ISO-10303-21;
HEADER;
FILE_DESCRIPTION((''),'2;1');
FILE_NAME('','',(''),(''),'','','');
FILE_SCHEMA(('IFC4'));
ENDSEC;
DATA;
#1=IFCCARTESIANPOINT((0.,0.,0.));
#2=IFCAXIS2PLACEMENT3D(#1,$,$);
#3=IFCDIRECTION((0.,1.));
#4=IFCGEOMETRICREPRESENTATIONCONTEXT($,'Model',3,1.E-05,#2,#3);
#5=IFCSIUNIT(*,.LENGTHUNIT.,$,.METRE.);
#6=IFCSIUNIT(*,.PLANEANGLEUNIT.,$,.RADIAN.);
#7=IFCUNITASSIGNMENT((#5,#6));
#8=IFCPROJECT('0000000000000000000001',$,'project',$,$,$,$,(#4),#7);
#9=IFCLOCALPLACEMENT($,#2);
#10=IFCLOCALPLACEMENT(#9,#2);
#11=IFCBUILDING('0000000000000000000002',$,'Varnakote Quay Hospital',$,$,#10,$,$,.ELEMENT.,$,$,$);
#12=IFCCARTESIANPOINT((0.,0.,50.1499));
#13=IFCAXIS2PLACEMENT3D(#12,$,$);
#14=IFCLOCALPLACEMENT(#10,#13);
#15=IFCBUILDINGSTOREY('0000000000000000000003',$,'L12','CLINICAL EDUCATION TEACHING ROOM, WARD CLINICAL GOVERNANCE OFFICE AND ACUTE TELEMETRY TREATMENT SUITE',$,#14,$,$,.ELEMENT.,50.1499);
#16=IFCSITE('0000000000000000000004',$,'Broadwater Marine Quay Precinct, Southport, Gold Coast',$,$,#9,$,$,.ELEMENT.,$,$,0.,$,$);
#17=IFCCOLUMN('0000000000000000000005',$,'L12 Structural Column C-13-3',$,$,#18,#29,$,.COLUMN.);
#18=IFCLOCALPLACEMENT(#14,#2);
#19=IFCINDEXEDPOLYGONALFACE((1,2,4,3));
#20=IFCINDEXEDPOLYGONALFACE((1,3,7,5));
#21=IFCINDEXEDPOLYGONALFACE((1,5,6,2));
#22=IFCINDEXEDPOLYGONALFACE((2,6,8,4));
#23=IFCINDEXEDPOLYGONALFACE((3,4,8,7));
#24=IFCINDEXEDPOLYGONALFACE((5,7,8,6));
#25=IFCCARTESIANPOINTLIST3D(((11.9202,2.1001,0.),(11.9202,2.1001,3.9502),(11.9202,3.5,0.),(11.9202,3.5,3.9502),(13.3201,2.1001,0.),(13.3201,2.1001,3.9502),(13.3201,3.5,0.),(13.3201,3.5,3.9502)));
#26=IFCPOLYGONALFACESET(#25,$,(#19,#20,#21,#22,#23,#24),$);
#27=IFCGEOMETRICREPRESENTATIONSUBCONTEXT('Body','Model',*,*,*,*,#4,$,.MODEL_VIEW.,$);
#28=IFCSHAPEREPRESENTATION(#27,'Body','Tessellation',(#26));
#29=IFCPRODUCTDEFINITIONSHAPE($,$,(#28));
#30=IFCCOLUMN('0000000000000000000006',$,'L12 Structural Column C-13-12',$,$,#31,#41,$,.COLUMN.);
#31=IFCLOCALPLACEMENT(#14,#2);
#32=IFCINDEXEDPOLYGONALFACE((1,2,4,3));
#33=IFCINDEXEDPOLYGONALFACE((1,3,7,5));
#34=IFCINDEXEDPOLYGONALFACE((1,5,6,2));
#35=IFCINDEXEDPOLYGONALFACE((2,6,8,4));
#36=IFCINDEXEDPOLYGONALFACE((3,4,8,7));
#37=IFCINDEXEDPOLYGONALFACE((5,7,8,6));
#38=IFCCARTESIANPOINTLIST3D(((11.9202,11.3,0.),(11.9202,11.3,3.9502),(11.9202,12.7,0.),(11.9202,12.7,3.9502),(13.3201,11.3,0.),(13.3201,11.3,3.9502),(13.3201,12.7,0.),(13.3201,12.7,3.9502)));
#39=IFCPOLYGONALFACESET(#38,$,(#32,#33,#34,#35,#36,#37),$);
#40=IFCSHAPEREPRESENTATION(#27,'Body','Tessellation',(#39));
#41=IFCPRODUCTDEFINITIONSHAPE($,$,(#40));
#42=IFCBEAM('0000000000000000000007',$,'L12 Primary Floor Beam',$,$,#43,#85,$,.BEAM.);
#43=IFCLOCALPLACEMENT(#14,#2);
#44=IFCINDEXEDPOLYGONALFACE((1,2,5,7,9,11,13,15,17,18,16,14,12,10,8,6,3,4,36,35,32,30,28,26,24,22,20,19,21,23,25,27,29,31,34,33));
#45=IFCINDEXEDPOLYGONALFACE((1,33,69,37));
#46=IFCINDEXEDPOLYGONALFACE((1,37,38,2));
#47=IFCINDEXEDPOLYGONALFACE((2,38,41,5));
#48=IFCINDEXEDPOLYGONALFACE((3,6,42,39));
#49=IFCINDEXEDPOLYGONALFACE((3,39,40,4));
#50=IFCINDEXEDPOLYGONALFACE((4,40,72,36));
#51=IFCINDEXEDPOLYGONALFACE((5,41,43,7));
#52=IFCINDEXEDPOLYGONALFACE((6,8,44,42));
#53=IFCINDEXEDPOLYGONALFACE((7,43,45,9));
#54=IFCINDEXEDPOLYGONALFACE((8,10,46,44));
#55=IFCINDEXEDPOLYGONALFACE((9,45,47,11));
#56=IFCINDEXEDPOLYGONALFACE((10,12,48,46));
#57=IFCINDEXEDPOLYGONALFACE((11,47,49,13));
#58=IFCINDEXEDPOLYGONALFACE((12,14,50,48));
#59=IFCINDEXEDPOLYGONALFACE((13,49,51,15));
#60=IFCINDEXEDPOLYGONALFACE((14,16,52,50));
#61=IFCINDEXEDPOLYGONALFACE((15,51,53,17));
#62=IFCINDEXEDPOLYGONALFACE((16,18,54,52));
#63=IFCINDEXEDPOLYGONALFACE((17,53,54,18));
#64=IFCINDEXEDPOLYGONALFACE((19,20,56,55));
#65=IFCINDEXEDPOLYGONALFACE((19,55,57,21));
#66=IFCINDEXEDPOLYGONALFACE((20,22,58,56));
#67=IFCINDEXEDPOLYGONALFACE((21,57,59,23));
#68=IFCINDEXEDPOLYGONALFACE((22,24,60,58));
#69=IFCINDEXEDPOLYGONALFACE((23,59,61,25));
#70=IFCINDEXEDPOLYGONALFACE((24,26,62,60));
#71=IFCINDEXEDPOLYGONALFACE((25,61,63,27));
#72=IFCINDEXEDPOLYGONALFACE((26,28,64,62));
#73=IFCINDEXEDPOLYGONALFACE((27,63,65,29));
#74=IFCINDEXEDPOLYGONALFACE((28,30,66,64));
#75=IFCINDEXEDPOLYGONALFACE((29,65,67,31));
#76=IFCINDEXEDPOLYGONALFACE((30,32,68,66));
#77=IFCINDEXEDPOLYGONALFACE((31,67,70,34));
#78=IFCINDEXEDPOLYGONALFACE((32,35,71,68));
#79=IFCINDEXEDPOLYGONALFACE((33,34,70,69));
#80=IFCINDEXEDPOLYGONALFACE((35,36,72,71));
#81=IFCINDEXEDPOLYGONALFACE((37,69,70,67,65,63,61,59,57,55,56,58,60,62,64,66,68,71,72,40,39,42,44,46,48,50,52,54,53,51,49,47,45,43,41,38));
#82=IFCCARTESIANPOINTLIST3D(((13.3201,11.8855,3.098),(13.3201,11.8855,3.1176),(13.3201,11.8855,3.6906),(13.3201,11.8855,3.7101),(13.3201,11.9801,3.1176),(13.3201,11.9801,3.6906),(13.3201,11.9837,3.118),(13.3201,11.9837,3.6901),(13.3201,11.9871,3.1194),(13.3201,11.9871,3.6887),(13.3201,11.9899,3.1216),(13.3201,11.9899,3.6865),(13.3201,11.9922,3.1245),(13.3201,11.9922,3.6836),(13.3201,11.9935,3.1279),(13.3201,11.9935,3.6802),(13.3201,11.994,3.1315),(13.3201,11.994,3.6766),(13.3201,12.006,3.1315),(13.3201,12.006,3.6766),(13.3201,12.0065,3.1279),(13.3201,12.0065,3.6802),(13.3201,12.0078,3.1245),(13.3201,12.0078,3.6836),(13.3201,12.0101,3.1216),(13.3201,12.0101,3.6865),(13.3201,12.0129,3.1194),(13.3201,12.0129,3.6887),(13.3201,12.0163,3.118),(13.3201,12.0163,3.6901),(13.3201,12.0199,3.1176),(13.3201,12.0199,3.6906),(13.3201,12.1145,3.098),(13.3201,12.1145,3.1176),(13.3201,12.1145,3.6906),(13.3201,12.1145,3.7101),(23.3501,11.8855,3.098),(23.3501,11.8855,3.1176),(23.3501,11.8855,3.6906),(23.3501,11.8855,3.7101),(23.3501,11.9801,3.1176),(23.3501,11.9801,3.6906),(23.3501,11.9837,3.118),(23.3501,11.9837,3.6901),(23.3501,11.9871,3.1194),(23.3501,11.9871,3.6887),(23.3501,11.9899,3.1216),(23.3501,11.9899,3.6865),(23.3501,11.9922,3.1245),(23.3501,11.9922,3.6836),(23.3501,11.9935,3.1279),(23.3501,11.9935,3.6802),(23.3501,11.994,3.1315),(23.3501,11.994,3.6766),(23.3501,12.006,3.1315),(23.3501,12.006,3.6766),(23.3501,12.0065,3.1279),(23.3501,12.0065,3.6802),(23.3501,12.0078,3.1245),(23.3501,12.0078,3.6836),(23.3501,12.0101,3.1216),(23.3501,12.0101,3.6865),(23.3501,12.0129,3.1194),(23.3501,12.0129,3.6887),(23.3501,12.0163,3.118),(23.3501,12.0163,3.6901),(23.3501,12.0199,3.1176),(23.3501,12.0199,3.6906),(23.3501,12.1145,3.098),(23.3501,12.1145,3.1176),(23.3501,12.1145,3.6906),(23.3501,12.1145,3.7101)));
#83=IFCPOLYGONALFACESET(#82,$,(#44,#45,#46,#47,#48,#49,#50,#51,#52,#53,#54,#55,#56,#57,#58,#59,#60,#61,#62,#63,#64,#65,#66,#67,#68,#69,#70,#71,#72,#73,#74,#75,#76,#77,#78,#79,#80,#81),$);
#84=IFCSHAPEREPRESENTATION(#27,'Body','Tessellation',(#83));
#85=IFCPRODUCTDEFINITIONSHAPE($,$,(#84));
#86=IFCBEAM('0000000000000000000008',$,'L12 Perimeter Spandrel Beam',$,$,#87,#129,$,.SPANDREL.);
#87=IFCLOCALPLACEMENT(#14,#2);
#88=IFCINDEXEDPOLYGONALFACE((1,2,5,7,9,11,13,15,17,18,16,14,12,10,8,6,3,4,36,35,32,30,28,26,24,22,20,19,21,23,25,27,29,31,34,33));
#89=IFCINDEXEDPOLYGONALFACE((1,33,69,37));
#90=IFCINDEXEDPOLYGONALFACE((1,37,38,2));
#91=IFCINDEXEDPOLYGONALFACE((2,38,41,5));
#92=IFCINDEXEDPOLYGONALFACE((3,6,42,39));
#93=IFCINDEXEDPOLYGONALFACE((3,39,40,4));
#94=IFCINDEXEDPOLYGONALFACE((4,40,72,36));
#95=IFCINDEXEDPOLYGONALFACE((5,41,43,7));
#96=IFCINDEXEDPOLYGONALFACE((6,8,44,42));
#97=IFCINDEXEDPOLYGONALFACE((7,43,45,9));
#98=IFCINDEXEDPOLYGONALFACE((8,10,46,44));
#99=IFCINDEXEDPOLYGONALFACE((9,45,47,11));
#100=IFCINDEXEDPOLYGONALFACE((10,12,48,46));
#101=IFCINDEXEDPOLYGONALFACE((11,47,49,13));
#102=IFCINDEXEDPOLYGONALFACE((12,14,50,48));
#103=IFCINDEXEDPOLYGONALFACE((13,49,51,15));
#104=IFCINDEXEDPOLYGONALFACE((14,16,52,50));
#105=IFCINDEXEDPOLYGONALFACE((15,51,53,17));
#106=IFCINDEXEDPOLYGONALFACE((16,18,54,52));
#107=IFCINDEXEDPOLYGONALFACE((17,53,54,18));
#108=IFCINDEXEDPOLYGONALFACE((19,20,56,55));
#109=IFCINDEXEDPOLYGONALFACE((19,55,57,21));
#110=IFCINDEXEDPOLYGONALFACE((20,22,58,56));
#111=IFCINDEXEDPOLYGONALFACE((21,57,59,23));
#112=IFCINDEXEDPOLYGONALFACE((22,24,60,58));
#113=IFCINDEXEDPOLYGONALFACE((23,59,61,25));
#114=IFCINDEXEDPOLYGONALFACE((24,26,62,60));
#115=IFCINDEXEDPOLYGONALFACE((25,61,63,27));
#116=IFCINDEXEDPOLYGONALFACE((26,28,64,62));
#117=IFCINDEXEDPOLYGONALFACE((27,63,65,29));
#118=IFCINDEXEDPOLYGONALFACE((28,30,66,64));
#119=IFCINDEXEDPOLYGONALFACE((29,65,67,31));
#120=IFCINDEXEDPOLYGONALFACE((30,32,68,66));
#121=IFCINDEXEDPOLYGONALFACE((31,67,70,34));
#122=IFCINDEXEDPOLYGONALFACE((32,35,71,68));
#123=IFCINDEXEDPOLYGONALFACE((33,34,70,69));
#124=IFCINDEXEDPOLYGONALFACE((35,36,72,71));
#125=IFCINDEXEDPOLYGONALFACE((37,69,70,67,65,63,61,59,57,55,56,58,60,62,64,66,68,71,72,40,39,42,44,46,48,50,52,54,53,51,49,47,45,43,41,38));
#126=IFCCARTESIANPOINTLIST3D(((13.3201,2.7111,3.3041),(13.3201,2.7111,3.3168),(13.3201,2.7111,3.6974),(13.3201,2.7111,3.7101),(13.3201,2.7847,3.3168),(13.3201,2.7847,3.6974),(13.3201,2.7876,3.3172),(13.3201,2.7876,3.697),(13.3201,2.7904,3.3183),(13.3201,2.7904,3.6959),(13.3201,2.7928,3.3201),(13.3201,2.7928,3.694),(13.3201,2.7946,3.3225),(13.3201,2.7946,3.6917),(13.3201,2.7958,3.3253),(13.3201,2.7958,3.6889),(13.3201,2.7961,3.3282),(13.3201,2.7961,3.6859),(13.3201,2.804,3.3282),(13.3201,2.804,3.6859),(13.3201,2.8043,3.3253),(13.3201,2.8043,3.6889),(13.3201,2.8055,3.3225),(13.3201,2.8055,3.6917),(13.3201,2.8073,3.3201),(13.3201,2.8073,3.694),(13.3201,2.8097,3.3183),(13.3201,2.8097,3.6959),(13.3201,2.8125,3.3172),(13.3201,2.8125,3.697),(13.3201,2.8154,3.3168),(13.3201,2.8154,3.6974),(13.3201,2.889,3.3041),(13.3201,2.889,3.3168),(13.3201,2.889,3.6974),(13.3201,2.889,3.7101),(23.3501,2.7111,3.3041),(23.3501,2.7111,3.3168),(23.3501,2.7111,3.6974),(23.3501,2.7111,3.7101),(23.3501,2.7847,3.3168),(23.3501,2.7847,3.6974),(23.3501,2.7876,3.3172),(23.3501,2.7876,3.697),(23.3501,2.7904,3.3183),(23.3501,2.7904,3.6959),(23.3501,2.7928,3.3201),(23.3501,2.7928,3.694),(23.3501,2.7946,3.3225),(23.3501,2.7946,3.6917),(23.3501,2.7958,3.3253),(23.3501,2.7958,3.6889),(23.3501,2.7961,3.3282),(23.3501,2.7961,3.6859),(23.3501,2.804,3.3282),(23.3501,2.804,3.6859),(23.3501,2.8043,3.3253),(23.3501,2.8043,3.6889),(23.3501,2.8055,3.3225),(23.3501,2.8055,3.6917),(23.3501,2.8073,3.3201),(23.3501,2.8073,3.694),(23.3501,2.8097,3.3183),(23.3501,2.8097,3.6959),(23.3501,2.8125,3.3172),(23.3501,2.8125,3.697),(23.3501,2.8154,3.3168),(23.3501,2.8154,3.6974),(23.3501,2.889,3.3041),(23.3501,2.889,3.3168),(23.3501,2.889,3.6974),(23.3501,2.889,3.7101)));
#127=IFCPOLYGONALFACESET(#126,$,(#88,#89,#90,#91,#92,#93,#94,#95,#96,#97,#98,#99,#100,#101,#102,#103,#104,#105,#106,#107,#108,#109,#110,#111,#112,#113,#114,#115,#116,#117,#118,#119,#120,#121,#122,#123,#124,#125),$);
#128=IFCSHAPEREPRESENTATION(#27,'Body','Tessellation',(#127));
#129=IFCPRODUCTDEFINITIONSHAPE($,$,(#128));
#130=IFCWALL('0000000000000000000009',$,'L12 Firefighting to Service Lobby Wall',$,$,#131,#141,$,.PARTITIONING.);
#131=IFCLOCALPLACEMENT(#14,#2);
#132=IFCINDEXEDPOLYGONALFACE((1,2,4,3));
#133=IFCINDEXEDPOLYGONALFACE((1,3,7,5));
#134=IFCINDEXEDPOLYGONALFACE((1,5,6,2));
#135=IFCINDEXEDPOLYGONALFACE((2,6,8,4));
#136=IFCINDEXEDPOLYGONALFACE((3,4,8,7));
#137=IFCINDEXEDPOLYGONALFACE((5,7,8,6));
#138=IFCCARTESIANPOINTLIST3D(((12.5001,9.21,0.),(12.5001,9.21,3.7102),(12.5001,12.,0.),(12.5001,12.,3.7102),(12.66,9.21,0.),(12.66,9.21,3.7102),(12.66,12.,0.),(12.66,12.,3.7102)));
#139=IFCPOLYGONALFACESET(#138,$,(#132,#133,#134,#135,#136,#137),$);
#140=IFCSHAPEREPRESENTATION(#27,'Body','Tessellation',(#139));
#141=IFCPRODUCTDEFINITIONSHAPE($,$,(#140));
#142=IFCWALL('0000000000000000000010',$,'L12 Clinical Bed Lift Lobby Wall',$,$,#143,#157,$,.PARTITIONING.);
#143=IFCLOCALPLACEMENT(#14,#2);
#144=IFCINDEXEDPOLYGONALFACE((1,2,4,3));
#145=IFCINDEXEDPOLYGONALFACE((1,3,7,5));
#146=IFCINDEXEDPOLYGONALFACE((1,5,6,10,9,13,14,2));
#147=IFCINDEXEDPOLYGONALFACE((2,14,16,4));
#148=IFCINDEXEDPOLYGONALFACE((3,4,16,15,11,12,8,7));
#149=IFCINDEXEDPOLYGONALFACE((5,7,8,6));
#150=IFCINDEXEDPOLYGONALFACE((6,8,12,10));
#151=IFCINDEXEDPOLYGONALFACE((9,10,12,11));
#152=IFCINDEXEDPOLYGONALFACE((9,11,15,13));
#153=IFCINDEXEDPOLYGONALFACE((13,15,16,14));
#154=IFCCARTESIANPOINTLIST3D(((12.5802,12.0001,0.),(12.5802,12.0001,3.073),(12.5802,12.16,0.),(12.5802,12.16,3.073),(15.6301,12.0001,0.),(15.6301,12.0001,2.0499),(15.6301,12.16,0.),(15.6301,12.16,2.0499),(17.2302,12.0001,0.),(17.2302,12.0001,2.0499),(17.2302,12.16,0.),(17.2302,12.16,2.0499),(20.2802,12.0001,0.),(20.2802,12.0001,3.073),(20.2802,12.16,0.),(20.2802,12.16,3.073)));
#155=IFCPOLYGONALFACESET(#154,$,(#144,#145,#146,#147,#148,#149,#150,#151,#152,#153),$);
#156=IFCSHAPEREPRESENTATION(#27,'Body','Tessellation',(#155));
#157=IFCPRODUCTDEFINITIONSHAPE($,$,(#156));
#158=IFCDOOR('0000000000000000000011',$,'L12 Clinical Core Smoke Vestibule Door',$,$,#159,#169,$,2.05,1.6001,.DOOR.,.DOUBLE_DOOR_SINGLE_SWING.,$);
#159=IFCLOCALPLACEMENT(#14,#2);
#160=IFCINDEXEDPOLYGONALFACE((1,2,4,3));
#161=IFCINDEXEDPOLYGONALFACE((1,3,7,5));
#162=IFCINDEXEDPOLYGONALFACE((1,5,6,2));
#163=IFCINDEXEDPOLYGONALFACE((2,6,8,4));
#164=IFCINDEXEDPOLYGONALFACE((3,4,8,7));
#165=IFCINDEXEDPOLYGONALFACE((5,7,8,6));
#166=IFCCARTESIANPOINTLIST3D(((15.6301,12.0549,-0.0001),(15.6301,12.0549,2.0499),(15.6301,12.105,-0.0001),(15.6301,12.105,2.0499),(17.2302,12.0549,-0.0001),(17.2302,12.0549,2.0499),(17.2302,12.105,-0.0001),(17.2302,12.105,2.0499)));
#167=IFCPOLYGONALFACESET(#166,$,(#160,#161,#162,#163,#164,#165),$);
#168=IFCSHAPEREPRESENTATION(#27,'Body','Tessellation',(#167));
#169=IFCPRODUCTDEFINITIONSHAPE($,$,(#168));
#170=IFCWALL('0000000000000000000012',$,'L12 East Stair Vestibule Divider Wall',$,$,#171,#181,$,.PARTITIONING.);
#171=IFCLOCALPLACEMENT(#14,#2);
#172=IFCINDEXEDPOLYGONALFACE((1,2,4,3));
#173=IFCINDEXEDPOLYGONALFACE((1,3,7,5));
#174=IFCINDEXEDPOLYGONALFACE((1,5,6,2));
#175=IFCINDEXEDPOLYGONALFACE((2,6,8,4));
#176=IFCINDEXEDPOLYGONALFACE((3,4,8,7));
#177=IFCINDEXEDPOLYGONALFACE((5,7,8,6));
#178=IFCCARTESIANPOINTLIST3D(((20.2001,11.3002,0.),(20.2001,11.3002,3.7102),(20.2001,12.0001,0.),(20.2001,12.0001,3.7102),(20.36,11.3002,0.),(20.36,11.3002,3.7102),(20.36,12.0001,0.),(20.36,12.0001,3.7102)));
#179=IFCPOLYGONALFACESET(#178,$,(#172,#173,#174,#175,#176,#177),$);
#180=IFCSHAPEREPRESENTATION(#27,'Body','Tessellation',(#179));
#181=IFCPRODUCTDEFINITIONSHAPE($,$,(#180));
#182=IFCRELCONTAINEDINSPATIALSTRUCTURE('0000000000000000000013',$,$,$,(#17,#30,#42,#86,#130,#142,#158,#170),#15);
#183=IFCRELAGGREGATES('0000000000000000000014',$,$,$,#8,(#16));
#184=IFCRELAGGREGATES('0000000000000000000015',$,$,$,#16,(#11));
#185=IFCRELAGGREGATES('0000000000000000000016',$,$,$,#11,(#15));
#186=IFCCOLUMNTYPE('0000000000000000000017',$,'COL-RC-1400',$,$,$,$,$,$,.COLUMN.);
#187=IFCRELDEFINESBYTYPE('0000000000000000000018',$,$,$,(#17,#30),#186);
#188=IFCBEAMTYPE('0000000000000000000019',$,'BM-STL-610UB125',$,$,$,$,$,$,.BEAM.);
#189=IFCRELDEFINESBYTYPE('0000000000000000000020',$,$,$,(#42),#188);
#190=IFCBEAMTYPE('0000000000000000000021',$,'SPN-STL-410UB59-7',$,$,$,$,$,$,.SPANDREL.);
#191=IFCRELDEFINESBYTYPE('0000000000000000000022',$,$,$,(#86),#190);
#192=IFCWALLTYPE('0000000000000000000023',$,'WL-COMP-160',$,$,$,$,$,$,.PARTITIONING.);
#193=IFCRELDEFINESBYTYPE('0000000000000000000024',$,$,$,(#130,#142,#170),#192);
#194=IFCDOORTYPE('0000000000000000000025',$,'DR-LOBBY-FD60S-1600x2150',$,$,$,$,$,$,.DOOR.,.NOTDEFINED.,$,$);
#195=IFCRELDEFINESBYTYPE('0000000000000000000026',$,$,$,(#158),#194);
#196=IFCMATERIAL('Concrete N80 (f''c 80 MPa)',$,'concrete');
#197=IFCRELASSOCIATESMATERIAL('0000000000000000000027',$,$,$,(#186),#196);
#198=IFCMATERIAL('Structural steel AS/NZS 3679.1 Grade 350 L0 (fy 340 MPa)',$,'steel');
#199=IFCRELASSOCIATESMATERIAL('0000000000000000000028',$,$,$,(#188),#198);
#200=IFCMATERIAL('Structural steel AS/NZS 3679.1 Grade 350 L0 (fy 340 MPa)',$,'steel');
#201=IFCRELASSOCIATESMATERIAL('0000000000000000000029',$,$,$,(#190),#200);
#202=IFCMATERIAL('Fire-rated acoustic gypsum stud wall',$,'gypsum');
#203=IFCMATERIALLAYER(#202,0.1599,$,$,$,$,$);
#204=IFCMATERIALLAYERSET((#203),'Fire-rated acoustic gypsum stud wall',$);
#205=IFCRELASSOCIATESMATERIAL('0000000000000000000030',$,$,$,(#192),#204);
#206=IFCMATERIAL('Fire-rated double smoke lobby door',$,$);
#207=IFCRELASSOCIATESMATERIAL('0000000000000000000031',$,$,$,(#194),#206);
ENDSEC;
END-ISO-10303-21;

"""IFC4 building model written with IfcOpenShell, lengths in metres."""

from ifc_helpers import new_model, si_unit, direction, frame, frame_2d, origin, origin_2d, place, context, subcontext, project, spatial, rectangle, i_section, extrude, material, layer, layer_set, material_profile, profile_set, type_object, element, fill, save


model = new_model("IFC4")

# Units and contexts
model_context = context("Model", 3, precision=1e-05, world=origin(), true_north=direction((0.0, 1.0)))
body_context = subcontext(model_context, "Body", "Model", "MODEL_VIEW")
ifc_project = project(units=[si_unit("LENGTHUNIT", "METRE"), si_unit("PLANEANGLEUNIT", "RADIAN")], contexts=[model_context])

# Site, building, storey
site_placement = place(None, origin())
site = spatial("IfcSite", under=ifc_project, at=site_placement, Name="Broadwater Marine Quay Precinct, Southport, Gold Coast", CompositionType="ELEMENT", RefElevation=0.0)
building_placement = place(site_placement, origin())
building = spatial("IfcBuilding", under=site, at=building_placement, Name="Varnakote Quay Hospital", CompositionType="ELEMENT")
storey_placement = place(building_placement, frame((0.0, 0.0, 50.1499)))
storey = spatial("IfcBuildingStorey", under=building, at=storey_placement, Name="L12", Description="CLINICAL EDUCATION TEACHING ROOM, WARD CLINICAL GOVERNANCE OFFICE AND ACUTE TELEMETRY TREATMENT SUITE", CompositionType="ELEMENT", Elevation=50.1499)

# Columns
ifc_material_1 = material(Name="Concrete N80 (f'c 80 MPa)", Category="concrete")
ifc_material_profile_1 = material_profile(ifc_material_1, rectangle(XDim=1.3999, YDim=1.3999, at=origin_2d()), Name="RC-COL-1400x1400")
ifc_profile_set_1 = profile_set([ifc_material_profile_1], Name="Concrete N80 (f'c 80 MPa)")
column_type = type_object("IfcColumnType", Name="COL-RC-1400", PredefinedType="COLUMN", material=ifc_profile_set_1)
for number, where, z_axis, x_axis, name in (
    (1, (12.6201, 2.8, 0.0), (0.0, 0.0, 1.0), (1.0, 0.0, 0.0), "L12 Structural Column C-13-3"),
    (2, (12.6201, 12.0, 0.0), (0.0, 0.0, 1.0), (1.0, 0.0, 0.0), "L12 Structural Column C-13-12"),
):
    element("IfcColumn", number, at=place(storey_placement, frame(where, z_axis=z_axis, x_axis=x_axis)), inside=storey, type_object=column_type, Name=name, PredefinedType="COLUMN", context=body_context, shape_type="SweptSolid", body=[
        extrude(rectangle(XDim=1.3999, YDim=1.3999, at=origin_2d()), origin(), (0.0, 0.0, 1.0), 3.9502),
    ])

# Beams
ifc_material_2 = material(Name="Structural steel AS/NZS 3679.1 Grade 350 L0 (fy 340 MPa)", Category="steel")
ifc_material_profile_2 = material_profile(ifc_material_2, i_section(OverallWidth=0.229, OverallDepth=0.6121, WebThickness=0.012, FlangeThickness=0.0195, FilletRadius=0.0139, at=origin_2d()), Name="610UB125")
ifc_profile_set_2 = profile_set([ifc_material_profile_2], Name="Structural steel AS/NZS 3679.1 Grade 350 L0 (fy 340 MPa)")
beam_type_1 = type_object("IfcBeamType", Name="BM-STL-610UB125", PredefinedType="BEAM", material=ifc_profile_set_2)
beam_1_placement = place(storey_placement, frame((13.3201, 12.0, 3.4041), z_axis=(1.0, 0.0, 0.0), x_axis=(0.0, 1.0, 0.0)))
element("IfcBeam", 3, at=beam_1_placement, inside=storey, type_object=beam_type_1, Name="L12 Primary Floor Beam", PredefinedType="BEAM", context=body_context, shape_type="SweptSolid", body=[
    extrude(i_section(OverallWidth=0.229, OverallDepth=0.6121, WebThickness=0.012, FlangeThickness=0.0195, FilletRadius=0.0139, at=origin_2d()), origin(), (0.0, 0.0, 1.0), 10.03),
])
ifc_material_3 = material(Name="Structural steel AS/NZS 3679.1 Grade 350 L0 (fy 340 MPa)", Category="steel")
ifc_material_profile_3 = material_profile(ifc_material_3, i_section(OverallWidth=0.178, OverallDepth=0.406, WebThickness=0.0078, FlangeThickness=0.0127, FilletRadius=0.0115, at=origin_2d()), Name="410UB59.7")
ifc_profile_set_3 = profile_set([ifc_material_profile_3], Name="Structural steel AS/NZS 3679.1 Grade 350 L0 (fy 340 MPa)")
beam_type_2 = type_object("IfcBeamType", Name="SPN-STL-410UB59-7", PredefinedType="SPANDREL", material=ifc_profile_set_3)
beam_2_placement = place(storey_placement, frame((13.3201, 2.8, 3.5071), z_axis=(1.0, 0.0, 0.0), x_axis=(0.0, 1.0, 0.0)))
element("IfcBeam", 4, at=beam_2_placement, inside=storey, type_object=beam_type_2, Name="L12 Perimeter Spandrel Beam", PredefinedType="SPANDREL", context=body_context, shape_type="SweptSolid", body=[
    extrude(i_section(OverallWidth=0.178, OverallDepth=0.406, WebThickness=0.0078, FlangeThickness=0.0127, FilletRadius=0.0115, at=origin_2d()), origin(), (0.0, 0.0, 1.0), 10.03),
])

# Wall
ifc_material_4 = material(Name="Fire-rated acoustic gypsum stud wall", Category="gypsum")
ifc_layer_1 = layer(ifc_material_4, 0.1599)
ifc_layer_set_1 = layer_set([ifc_layer_1], Name="Fire-rated acoustic gypsum stud wall")
wall_type_1 = type_object("IfcWallType", Name="WL-COMP-160", PredefinedType="PARTITIONING", material=ifc_layer_set_1)
wall_1_placement = place(storey_placement, frame((12.5801, 9.21, 0.0), z_axis=(0.0, 0.0, 1.0), x_axis=(0.0, 1.0, 0.0)))
element("IfcWall", 5, at=wall_1_placement, inside=storey, type_object=wall_type_1, Name="L12 Firefighting to Service Lobby Wall", PredefinedType="PARTITIONING", context=body_context, shape_type="SweptSolid", body=[
    extrude(rectangle(XDim=2.79, YDim=0.1599, at=frame_2d((1.395, 0.0))), origin(), (0.0, 0.0, 1.0), 3.7102),
])

# Wall, opening, door
wall_2_placement = place(storey_placement, frame((12.5801, 12.0801, 0.0), z_axis=(0.0, 0.0, 1.0), x_axis=(1.0, 0.0, 0.0)))
wall_2 = element("IfcWall", 6, at=wall_2_placement, inside=storey, type_object=wall_type_1, Name="L12 Clinical Bed Lift Lobby Wall", PredefinedType="PARTITIONING", context=body_context, shape_type="SweptSolid", body=[
    extrude(rectangle(XDim=7.7, YDim=0.1599, at=frame_2d((3.8501, 0.0))), origin(), (0.0, 0.0, 1.0), 3.073),
])
opening_1_placement = place(wall_2_placement, frame((3.05, 0.0, 0.0)))
opening_1 = element("IfcOpeningElement", 7, at=opening_1_placement, cuts=wall_2, PredefinedType="OPENING", context=body_context, shape_type="SweptSolid", body=[
    extrude(rectangle(XDim=1.6001, YDim=2.05, at=frame_2d((0.8, 1.0249))), frame((0.0, 0.0898, 0.0), z_axis=(0.0, -1.0, 0.0), x_axis=(1.0, 0.0, 0.0)), (0.0, 0.0, 1.0), 0.1799),
])
ifc_material_5 = material(Name="Fire-rated double smoke lobby door")
door_type_1 = type_object("IfcDoorType", Name="DR-LOBBY-FD60S-1600x2150", OperationType="NOTDEFINED", PredefinedType="DOOR", material=ifc_material_5)
door_1_placement = place(opening_1_placement, origin())
door_1 = element("IfcDoor", 8, at=door_1_placement, inside=storey, type_object=door_type_1, Name="L12 Clinical Core Smoke Vestibule Door", OperationType="DOUBLE_DOOR_SINGLE_SWING", OverallHeight=2.05, OverallWidth=1.6001, PredefinedType="DOOR", context=body_context, shape_type="SweptSolid", body=[
    extrude(rectangle(XDim=1.6001, YDim=2.05, at=frame_2d((0.8, 1.0249))), frame((0.0, 0.0249, 0.0), z_axis=(0.0, -1.0, 0.0), x_axis=(1.0, 0.0, 0.0)), (0.0, 0.0, 1.0), 0.05),
])
fill(opening_1, door_1)

# Wall
wall_3_placement = place(storey_placement, frame((20.28, 11.3, 0.0), z_axis=(0.0, 0.0, 1.0), x_axis=(0.0, 1.0, 0.0)))
element("IfcWall", 9, at=wall_3_placement, inside=storey, type_object=wall_type_1, Name="L12 East Stair Vestibule Divider Wall", PredefinedType="PARTITIONING", context=body_context, shape_type="SweptSolid", body=[
    extrude(rectangle(XDim=0.7, YDim=0.1599, at=frame_2d((0.3501, 0.0))), origin(), (0.0, 0.0, 1.0), 3.7102),
])

save(model, "model.ifc")
